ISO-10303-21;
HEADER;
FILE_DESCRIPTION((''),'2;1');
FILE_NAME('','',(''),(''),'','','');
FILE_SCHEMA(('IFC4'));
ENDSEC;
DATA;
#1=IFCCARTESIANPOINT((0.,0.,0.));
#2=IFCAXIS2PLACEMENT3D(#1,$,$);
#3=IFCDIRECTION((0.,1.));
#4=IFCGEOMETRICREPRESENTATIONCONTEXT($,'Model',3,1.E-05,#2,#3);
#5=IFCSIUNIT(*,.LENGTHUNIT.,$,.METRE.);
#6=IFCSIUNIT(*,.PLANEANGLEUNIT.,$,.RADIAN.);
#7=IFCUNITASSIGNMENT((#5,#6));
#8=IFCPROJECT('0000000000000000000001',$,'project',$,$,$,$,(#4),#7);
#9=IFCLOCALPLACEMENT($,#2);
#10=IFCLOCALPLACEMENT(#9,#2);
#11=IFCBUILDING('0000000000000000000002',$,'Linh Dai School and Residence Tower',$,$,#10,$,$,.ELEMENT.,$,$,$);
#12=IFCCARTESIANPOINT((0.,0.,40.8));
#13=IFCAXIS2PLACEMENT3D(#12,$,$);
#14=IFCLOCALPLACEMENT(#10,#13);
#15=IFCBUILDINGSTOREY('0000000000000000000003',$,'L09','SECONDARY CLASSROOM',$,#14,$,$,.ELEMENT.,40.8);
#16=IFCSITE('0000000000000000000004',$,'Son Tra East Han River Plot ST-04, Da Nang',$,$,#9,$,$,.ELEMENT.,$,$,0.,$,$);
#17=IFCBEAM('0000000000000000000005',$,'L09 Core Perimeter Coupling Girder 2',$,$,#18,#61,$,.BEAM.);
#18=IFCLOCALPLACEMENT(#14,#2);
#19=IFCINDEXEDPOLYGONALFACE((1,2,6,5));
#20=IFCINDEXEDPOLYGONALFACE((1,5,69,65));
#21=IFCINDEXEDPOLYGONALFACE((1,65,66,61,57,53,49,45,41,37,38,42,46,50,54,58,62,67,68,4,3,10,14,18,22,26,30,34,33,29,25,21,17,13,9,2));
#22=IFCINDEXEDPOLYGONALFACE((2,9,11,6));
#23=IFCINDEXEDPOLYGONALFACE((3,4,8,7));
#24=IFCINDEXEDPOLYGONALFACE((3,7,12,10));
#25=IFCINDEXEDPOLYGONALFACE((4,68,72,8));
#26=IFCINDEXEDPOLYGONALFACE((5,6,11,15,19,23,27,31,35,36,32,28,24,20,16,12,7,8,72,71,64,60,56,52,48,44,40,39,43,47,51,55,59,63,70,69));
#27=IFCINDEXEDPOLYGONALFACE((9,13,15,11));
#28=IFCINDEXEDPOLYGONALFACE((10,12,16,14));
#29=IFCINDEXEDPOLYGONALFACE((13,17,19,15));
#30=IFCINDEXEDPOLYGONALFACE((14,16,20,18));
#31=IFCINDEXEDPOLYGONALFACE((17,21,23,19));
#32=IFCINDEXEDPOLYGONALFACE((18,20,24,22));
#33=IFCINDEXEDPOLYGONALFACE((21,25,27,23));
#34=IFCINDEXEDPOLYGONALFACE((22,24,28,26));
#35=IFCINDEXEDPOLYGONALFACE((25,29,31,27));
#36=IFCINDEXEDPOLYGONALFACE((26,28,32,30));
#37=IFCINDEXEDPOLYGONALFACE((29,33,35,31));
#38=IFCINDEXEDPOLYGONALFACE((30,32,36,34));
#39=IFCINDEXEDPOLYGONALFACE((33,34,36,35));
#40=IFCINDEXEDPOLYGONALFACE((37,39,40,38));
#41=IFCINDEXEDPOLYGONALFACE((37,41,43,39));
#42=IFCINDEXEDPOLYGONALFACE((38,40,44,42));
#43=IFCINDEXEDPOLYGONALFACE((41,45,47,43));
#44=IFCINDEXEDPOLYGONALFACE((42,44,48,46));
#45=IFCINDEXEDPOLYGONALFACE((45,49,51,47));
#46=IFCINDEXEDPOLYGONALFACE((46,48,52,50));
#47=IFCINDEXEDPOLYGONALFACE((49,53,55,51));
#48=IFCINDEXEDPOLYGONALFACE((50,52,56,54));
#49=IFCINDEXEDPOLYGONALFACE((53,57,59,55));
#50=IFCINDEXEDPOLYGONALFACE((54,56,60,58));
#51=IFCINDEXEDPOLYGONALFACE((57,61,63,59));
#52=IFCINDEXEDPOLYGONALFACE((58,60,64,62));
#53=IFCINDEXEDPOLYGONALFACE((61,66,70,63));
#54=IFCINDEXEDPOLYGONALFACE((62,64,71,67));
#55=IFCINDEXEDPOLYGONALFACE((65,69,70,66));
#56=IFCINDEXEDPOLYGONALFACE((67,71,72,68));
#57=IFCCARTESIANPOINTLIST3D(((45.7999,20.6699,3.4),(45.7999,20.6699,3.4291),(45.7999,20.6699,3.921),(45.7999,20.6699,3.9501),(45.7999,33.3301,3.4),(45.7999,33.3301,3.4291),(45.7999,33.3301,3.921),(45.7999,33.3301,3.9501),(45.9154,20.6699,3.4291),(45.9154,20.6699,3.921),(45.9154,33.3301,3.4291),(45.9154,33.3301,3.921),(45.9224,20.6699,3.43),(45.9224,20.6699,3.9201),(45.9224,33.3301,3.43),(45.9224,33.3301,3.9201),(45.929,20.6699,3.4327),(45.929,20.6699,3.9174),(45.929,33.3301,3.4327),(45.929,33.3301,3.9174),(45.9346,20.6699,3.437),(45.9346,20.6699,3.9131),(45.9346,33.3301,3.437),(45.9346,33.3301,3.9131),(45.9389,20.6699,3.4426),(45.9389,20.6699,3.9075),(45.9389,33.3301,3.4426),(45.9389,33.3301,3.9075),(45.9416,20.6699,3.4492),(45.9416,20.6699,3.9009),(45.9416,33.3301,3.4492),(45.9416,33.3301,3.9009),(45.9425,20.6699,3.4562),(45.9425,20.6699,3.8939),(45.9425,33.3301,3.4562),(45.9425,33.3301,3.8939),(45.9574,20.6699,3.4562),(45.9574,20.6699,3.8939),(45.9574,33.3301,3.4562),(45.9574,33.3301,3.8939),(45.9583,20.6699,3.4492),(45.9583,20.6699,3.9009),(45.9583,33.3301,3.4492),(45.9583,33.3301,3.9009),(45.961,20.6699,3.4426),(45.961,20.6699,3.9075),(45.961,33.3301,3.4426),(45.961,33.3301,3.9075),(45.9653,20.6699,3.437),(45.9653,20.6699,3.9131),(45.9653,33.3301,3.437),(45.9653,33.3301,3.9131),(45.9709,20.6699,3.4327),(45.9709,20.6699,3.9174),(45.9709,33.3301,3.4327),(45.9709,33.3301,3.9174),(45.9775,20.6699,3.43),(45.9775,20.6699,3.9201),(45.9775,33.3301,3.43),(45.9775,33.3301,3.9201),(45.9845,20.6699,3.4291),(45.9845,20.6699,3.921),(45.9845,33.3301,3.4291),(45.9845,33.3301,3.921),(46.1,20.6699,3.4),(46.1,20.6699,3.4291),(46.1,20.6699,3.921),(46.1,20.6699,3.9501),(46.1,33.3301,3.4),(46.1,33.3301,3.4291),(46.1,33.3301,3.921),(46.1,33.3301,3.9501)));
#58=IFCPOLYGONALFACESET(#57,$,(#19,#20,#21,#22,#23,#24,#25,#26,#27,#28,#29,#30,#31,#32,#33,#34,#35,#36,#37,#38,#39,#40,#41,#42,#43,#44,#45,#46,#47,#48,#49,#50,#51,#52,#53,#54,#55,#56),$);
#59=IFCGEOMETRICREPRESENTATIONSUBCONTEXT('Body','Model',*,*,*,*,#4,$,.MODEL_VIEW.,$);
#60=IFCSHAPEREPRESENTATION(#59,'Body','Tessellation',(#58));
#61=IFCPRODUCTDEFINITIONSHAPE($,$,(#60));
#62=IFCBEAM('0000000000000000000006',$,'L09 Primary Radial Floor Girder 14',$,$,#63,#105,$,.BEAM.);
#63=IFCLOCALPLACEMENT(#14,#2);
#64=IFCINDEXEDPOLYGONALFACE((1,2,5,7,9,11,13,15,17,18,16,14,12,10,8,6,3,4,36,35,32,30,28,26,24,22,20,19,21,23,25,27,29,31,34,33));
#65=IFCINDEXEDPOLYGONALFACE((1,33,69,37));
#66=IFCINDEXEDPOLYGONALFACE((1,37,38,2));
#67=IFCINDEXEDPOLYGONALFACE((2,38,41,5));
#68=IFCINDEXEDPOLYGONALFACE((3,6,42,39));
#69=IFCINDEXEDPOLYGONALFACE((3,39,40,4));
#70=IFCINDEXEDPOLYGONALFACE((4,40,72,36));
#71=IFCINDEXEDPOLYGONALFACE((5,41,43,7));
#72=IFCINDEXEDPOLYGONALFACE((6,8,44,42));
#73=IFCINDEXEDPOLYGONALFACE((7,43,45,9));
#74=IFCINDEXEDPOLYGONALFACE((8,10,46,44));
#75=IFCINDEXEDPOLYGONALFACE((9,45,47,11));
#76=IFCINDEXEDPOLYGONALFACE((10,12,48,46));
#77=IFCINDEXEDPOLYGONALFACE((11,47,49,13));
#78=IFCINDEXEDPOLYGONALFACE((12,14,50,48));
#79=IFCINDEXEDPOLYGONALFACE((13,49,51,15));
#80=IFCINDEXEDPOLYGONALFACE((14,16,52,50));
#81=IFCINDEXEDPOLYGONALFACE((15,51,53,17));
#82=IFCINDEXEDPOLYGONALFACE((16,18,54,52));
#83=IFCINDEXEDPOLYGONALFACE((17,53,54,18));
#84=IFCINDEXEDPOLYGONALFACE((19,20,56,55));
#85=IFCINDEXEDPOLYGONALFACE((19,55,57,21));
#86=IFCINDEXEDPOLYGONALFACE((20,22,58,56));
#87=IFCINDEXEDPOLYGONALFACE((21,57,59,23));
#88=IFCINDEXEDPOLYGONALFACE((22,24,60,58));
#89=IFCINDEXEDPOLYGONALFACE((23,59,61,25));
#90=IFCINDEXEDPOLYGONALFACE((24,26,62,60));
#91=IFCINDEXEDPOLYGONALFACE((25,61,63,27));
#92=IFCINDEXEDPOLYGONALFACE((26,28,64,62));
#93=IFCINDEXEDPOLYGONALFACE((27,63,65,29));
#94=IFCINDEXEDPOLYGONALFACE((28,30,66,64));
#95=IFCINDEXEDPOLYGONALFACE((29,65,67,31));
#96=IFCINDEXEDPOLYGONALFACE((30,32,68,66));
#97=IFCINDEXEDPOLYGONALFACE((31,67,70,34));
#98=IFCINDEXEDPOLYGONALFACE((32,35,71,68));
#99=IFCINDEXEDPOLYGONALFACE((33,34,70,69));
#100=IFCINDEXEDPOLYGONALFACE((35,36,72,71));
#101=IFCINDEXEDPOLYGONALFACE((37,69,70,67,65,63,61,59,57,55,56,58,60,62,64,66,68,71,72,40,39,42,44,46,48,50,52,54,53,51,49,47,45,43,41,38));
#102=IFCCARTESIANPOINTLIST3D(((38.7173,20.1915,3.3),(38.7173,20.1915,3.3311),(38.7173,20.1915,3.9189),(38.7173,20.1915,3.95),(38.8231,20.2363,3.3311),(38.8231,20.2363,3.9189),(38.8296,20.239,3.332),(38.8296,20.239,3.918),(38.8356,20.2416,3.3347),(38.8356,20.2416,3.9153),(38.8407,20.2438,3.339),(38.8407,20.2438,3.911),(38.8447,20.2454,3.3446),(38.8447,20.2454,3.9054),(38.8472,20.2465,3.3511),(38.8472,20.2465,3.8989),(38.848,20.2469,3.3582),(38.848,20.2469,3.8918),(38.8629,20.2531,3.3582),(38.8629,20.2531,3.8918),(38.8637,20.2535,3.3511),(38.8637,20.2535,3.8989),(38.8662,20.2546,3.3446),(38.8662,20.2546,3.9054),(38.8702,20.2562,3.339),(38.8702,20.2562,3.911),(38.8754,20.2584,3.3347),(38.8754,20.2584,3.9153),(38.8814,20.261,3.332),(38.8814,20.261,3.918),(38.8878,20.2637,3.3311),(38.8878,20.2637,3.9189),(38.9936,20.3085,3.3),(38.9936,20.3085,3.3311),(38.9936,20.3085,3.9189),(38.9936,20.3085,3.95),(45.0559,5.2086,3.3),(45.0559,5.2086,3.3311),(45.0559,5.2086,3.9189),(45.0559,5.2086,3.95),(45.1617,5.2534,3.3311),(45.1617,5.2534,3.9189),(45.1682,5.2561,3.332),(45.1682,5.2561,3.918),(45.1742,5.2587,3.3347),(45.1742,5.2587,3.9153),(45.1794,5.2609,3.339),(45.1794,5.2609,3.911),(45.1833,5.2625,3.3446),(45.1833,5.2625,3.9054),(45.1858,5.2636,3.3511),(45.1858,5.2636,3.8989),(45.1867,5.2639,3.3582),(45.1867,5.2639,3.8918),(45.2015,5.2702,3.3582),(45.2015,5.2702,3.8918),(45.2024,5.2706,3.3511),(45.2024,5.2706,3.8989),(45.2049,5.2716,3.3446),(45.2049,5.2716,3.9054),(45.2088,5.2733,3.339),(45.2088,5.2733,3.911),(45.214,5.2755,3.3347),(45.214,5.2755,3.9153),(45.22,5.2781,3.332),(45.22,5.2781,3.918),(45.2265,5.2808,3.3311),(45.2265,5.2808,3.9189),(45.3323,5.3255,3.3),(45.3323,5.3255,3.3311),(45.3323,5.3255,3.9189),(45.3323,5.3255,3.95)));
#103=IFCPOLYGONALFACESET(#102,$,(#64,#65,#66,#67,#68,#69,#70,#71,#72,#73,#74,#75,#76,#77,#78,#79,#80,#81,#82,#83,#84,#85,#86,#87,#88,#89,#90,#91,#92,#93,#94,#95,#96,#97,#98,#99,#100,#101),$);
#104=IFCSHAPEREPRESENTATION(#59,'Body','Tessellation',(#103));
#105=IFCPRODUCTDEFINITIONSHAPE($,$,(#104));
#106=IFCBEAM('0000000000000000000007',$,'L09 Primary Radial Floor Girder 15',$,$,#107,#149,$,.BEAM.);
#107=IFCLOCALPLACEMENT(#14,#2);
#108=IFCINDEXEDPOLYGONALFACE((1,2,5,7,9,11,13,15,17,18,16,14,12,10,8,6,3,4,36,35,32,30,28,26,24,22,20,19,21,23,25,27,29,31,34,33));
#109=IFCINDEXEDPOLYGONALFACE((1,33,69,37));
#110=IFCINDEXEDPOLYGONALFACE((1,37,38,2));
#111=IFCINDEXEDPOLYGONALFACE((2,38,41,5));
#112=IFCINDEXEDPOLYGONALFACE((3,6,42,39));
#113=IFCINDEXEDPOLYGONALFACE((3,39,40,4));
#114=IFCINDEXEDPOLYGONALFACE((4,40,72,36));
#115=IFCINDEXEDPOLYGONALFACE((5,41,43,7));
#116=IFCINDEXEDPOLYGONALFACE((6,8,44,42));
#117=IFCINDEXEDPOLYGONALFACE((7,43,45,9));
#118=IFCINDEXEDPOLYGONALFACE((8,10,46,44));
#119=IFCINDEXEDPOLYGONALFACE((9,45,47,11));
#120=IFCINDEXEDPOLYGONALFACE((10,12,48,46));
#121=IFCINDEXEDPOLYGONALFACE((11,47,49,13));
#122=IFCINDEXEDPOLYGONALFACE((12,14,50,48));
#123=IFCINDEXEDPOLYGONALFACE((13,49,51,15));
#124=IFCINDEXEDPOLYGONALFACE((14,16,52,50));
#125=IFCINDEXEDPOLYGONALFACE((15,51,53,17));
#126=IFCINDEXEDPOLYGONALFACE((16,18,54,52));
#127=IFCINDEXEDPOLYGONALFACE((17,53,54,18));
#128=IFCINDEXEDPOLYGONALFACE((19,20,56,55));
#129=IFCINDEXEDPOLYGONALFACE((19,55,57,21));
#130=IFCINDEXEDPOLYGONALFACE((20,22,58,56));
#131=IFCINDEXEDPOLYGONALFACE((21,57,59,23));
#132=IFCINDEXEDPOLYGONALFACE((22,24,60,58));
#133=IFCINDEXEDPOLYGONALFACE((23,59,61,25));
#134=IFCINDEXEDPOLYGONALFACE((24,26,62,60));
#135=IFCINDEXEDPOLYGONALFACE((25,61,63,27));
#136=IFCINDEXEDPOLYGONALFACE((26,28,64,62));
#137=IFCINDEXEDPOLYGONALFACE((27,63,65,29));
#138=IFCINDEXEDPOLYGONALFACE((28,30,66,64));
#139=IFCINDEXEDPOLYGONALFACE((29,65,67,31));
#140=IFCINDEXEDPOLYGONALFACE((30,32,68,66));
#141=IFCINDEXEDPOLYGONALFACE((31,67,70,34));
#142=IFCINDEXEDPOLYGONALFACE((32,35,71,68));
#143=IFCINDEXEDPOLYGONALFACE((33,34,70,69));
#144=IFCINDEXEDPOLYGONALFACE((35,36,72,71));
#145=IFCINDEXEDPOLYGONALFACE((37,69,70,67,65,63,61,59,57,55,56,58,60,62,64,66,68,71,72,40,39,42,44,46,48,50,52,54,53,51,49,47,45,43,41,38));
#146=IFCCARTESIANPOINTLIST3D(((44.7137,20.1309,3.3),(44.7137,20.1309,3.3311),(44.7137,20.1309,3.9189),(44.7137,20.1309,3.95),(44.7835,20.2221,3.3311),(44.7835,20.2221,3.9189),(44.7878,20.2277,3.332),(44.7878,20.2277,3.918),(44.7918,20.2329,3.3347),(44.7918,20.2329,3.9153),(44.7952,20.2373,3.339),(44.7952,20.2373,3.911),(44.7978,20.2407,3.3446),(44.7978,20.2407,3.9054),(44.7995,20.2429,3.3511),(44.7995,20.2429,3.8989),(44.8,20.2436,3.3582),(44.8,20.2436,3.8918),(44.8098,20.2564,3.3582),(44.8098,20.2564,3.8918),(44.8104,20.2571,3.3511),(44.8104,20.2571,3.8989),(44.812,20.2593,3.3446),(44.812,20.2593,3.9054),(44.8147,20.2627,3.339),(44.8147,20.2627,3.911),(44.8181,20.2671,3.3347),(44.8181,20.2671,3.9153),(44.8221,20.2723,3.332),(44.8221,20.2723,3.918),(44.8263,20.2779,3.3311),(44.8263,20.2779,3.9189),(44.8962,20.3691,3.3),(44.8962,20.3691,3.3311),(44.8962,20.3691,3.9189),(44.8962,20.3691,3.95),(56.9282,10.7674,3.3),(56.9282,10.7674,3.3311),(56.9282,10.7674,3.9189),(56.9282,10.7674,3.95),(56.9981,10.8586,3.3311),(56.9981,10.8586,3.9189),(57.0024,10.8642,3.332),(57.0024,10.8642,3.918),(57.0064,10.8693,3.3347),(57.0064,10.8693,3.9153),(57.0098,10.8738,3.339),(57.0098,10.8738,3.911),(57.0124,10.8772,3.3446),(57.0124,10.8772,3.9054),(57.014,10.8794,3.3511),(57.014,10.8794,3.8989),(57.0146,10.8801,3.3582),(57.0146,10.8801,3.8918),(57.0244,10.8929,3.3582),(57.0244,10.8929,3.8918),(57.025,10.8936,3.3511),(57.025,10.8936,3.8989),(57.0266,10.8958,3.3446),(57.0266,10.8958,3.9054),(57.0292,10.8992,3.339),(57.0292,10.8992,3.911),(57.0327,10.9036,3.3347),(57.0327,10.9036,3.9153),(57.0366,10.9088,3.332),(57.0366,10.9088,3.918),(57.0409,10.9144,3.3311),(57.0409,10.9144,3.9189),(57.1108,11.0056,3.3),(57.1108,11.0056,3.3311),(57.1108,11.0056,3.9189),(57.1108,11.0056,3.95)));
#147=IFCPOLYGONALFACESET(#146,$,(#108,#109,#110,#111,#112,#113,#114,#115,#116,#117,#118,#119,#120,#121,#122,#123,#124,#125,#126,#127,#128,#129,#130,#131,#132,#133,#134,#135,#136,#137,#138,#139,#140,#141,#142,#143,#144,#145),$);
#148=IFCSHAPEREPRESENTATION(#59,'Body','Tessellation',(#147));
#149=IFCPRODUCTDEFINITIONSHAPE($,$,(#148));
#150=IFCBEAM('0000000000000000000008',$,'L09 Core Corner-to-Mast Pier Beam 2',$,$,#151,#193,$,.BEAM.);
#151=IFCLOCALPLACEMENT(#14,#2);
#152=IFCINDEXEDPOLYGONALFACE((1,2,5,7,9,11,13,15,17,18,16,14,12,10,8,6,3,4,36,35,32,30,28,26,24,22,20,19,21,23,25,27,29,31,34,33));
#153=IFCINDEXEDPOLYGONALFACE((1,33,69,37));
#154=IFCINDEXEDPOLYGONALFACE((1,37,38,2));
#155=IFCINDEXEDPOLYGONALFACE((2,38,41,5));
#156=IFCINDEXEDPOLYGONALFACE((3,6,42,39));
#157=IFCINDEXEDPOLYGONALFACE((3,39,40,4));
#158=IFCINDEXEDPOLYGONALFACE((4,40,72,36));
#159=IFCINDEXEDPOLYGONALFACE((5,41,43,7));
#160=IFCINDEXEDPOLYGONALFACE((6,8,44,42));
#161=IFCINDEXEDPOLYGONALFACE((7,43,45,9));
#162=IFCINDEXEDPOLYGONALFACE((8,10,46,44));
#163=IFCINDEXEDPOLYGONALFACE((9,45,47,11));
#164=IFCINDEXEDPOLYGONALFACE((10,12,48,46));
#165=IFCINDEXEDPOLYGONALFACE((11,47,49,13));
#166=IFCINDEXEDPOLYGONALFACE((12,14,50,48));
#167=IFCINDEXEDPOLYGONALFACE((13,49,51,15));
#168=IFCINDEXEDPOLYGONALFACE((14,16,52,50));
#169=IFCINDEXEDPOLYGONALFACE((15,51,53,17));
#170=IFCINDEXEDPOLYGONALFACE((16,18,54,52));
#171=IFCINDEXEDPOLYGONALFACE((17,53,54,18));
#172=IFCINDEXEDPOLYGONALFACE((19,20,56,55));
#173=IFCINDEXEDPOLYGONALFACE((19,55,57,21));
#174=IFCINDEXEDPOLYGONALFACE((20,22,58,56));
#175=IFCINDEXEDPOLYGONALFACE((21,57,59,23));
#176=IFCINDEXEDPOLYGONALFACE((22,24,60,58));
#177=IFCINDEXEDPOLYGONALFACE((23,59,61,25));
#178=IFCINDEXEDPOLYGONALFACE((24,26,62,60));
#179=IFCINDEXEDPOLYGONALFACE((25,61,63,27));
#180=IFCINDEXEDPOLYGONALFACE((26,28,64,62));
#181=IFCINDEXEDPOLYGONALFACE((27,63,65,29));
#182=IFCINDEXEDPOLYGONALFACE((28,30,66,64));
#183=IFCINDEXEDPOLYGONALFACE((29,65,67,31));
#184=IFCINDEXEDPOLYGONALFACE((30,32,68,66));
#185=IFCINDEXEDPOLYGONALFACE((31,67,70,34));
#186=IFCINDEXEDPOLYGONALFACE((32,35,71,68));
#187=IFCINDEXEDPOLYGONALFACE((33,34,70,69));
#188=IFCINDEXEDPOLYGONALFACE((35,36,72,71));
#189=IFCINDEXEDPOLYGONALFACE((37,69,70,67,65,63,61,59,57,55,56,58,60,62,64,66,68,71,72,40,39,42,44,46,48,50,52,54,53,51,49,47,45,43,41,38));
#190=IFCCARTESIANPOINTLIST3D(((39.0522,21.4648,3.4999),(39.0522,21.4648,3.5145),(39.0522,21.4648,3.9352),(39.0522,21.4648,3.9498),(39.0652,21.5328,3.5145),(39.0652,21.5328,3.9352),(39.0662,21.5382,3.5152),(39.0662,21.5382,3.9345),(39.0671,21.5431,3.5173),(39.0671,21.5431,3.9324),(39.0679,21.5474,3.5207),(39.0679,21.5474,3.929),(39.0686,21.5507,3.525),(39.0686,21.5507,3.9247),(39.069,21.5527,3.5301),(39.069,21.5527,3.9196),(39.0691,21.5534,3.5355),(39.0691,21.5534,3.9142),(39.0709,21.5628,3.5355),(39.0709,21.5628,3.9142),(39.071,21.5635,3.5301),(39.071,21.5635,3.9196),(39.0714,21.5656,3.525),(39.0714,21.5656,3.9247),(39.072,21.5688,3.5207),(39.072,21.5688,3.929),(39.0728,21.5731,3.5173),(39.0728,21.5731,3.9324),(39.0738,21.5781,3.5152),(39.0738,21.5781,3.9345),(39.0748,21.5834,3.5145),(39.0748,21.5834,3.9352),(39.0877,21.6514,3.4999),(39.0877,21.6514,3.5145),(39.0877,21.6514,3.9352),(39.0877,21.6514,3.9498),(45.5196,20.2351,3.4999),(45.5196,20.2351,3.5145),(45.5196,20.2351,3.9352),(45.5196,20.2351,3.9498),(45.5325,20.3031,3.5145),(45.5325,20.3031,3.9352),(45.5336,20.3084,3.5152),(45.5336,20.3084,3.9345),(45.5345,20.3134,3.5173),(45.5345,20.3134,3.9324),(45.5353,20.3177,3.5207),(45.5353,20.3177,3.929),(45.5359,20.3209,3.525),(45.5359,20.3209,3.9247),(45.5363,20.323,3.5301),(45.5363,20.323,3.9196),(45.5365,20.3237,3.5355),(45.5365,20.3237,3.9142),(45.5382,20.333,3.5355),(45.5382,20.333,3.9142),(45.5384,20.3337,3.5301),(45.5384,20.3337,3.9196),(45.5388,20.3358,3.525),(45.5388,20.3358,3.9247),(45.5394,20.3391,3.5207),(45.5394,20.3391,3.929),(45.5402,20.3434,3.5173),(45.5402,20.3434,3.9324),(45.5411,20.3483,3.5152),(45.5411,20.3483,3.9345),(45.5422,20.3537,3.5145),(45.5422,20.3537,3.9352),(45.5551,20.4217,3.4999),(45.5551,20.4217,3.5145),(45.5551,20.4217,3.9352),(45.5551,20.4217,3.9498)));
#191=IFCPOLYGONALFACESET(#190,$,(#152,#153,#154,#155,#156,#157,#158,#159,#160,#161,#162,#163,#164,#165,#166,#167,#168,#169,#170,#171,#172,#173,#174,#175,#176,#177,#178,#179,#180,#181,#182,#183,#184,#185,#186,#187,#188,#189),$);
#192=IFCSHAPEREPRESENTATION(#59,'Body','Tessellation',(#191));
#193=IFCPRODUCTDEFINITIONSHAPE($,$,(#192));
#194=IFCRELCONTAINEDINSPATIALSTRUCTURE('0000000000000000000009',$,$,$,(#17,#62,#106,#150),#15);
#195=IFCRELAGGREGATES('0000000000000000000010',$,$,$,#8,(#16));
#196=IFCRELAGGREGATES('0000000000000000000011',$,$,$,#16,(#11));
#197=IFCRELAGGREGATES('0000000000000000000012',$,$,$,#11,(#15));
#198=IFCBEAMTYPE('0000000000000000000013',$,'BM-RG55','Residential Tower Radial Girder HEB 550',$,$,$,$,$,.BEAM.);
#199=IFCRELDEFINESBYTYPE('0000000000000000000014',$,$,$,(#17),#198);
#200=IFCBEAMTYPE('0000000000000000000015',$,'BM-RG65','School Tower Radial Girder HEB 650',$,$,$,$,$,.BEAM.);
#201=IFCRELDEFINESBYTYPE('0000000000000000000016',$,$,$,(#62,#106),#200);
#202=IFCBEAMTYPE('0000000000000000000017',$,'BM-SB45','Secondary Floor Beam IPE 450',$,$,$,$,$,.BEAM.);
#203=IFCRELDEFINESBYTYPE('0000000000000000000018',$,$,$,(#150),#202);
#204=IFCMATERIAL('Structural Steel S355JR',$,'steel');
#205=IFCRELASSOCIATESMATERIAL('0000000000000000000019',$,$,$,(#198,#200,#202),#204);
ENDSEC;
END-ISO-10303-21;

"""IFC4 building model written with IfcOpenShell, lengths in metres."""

from ifc_helpers import new_model, si_unit, direction, frame, origin, origin_2d, place, context, subcontext, project, spatial, i_section, extrude, material, material_profile, profile_set, type_object, element, save


model = new_model("IFC4")

# Units and contexts
model_context = context("Model", 3, precision=1e-05, world=origin(), true_north=direction((0.0, 1.0)))
body_context = subcontext(model_context, "Body", "Model", "MODEL_VIEW")
ifc_project = project(units=[si_unit("LENGTHUNIT", "METRE"), si_unit("PLANEANGLEUNIT", "RADIAN")], contexts=[model_context])

# Site, building, storey
site_placement = place(None, origin())
site = spatial("IfcSite", under=ifc_project, at=site_placement, Name="Son Tra East Han River Plot ST-04, Da Nang", CompositionType="ELEMENT", RefElevation=0.0)
building_placement = place(site_placement, origin())
building = spatial("IfcBuilding", under=site, at=building_placement, Name="Linh Dai School and Residence Tower", CompositionType="ELEMENT")
storey_placement = place(building_placement, frame((0.0, 0.0, 40.8)))
storey = spatial("IfcBuildingStorey", under=building, at=storey_placement, Name="L09", Description="SECONDARY CLASSROOM", CompositionType="ELEMENT", Elevation=40.8)

# Shared definitions
ifc_material_1 = material(Name="Structural Steel S355JR", Category="steel")

# Beams
ifc_material_profile_1 = material_profile(ifc_material_1, i_section(OverallWidth=0.3, OverallDepth=0.55, WebThickness=0.0149, FlangeThickness=0.0291, FilletRadius=0.0271, at=origin_2d()), Name="HEB 550")
ifc_profile_set_1 = profile_set([ifc_material_profile_1], Name="Structural Steel S355JR")
beam_type_1 = type_object("IfcBeamType", Name="BM-RG55", Description="Residential Tower Radial Girder HEB 550", PredefinedType="BEAM", material=ifc_profile_set_1)
beam_1_placement = place(storey_placement, frame((45.95, 20.6699, 3.675), z_axis=(0.0, 1.0, 0.0), x_axis=(-1.0, 0.0, 0.0)))
element("IfcBeam", 1, at=beam_1_placement, inside=storey, type_object=beam_type_1, Name="L09 Core Perimeter Coupling Girder 2", PredefinedType="BEAM", context=body_context, shape_type="SweptSolid", body=[
    extrude(i_section(OverallWidth=0.3, OverallDepth=0.55, WebThickness=0.0149, FlangeThickness=0.0291, FilletRadius=0.0271, at=origin_2d()), origin(), (0.0, 0.0, 1.0), 12.6602),
])
ifc_material_profile_2 = material_profile(ifc_material_1, i_section(OverallWidth=0.3, OverallDepth=0.6499, WebThickness=0.0161, FlangeThickness=0.031, FilletRadius=0.0271, at=origin_2d()), Name="HEB 650")
ifc_profile_set_2 = profile_set([ifc_material_profile_2], Name="Structural Steel S355JR")
beam_type_2 = type_object("IfcBeamType", Name="BM-RG65", Description="School Tower Radial Girder HEB 650", PredefinedType="BEAM", material=ifc_profile_set_2)
beam_2_placement = place(storey_placement, frame((38.8555, 20.25, 3.625), z_axis=(0.389624, -0.920974, 0.0), x_axis=(0.920974, 0.389624, 0.0)))
element("IfcBeam", 2, at=beam_2_placement, inside=storey, type_object=beam_type_2, Name="L09 Primary Radial Floor Girder 14", PredefinedType="BEAM", context=body_context, shape_type="SweptSolid", body=[
    extrude(i_section(OverallWidth=0.3, OverallDepth=0.6499, WebThickness=0.0161, FlangeThickness=0.031, FilletRadius=0.0271, at=origin_2d()), origin(), (0.0, 0.0, 1.0), 16.2686),
])
beam_3_placement = place(storey_placement, frame((44.8049, 20.25, 3.625), z_axis=(0.793638, -0.608391, 0.0), x_axis=(0.608391, 0.793638, 0.0)))
element("IfcBeam", 3, at=beam_3_placement, inside=storey, type_object=beam_type_2, Name="L09 Primary Radial Floor Girder 15", PredefinedType="BEAM", context=body_context, shape_type="SweptSolid", body=[
    extrude(i_section(OverallWidth=0.3, OverallDepth=0.6499, WebThickness=0.0161, FlangeThickness=0.031, FilletRadius=0.0271, at=origin_2d()), origin(), (0.0, 0.0, 1.0), 15.3906),
])
ifc_material_profile_3 = material_profile(ifc_material_1, i_section(OverallWidth=0.1899, OverallDepth=0.45, WebThickness=0.0095, FlangeThickness=0.0146, FilletRadius=0.021, at=origin_2d()), Name="IPE 450")
ifc_profile_set_3 = profile_set([ifc_material_profile_3], Name="Structural Steel S355JR")
beam_type_3 = type_object("IfcBeamType", Name="BM-SB45", Description="Secondary Floor Beam IPE 450", PredefinedType="BEAM", material=ifc_profile_set_3)
beam_4_placement = place(storey_placement, frame((45.5374, 20.3284, 3.7249), z_axis=(-0.982398, 0.1868, 0.0), x_axis=(-0.1868, -0.982398, 0.0)))
element("IfcBeam", 4, at=beam_4_placement, inside=storey, type_object=beam_type_3, Name="L09 Core Corner-to-Mast Pier Beam 2", PredefinedType="BEAM", context=body_context, shape_type="SweptSolid", body=[
    extrude(i_section(OverallWidth=0.1899, OverallDepth=0.45, WebThickness=0.0095, FlangeThickness=0.0146, FilletRadius=0.021, at=origin_2d()), origin(), (0.0, 0.0, 1.0), 6.5833),
])

save(model, "model.ifc")
